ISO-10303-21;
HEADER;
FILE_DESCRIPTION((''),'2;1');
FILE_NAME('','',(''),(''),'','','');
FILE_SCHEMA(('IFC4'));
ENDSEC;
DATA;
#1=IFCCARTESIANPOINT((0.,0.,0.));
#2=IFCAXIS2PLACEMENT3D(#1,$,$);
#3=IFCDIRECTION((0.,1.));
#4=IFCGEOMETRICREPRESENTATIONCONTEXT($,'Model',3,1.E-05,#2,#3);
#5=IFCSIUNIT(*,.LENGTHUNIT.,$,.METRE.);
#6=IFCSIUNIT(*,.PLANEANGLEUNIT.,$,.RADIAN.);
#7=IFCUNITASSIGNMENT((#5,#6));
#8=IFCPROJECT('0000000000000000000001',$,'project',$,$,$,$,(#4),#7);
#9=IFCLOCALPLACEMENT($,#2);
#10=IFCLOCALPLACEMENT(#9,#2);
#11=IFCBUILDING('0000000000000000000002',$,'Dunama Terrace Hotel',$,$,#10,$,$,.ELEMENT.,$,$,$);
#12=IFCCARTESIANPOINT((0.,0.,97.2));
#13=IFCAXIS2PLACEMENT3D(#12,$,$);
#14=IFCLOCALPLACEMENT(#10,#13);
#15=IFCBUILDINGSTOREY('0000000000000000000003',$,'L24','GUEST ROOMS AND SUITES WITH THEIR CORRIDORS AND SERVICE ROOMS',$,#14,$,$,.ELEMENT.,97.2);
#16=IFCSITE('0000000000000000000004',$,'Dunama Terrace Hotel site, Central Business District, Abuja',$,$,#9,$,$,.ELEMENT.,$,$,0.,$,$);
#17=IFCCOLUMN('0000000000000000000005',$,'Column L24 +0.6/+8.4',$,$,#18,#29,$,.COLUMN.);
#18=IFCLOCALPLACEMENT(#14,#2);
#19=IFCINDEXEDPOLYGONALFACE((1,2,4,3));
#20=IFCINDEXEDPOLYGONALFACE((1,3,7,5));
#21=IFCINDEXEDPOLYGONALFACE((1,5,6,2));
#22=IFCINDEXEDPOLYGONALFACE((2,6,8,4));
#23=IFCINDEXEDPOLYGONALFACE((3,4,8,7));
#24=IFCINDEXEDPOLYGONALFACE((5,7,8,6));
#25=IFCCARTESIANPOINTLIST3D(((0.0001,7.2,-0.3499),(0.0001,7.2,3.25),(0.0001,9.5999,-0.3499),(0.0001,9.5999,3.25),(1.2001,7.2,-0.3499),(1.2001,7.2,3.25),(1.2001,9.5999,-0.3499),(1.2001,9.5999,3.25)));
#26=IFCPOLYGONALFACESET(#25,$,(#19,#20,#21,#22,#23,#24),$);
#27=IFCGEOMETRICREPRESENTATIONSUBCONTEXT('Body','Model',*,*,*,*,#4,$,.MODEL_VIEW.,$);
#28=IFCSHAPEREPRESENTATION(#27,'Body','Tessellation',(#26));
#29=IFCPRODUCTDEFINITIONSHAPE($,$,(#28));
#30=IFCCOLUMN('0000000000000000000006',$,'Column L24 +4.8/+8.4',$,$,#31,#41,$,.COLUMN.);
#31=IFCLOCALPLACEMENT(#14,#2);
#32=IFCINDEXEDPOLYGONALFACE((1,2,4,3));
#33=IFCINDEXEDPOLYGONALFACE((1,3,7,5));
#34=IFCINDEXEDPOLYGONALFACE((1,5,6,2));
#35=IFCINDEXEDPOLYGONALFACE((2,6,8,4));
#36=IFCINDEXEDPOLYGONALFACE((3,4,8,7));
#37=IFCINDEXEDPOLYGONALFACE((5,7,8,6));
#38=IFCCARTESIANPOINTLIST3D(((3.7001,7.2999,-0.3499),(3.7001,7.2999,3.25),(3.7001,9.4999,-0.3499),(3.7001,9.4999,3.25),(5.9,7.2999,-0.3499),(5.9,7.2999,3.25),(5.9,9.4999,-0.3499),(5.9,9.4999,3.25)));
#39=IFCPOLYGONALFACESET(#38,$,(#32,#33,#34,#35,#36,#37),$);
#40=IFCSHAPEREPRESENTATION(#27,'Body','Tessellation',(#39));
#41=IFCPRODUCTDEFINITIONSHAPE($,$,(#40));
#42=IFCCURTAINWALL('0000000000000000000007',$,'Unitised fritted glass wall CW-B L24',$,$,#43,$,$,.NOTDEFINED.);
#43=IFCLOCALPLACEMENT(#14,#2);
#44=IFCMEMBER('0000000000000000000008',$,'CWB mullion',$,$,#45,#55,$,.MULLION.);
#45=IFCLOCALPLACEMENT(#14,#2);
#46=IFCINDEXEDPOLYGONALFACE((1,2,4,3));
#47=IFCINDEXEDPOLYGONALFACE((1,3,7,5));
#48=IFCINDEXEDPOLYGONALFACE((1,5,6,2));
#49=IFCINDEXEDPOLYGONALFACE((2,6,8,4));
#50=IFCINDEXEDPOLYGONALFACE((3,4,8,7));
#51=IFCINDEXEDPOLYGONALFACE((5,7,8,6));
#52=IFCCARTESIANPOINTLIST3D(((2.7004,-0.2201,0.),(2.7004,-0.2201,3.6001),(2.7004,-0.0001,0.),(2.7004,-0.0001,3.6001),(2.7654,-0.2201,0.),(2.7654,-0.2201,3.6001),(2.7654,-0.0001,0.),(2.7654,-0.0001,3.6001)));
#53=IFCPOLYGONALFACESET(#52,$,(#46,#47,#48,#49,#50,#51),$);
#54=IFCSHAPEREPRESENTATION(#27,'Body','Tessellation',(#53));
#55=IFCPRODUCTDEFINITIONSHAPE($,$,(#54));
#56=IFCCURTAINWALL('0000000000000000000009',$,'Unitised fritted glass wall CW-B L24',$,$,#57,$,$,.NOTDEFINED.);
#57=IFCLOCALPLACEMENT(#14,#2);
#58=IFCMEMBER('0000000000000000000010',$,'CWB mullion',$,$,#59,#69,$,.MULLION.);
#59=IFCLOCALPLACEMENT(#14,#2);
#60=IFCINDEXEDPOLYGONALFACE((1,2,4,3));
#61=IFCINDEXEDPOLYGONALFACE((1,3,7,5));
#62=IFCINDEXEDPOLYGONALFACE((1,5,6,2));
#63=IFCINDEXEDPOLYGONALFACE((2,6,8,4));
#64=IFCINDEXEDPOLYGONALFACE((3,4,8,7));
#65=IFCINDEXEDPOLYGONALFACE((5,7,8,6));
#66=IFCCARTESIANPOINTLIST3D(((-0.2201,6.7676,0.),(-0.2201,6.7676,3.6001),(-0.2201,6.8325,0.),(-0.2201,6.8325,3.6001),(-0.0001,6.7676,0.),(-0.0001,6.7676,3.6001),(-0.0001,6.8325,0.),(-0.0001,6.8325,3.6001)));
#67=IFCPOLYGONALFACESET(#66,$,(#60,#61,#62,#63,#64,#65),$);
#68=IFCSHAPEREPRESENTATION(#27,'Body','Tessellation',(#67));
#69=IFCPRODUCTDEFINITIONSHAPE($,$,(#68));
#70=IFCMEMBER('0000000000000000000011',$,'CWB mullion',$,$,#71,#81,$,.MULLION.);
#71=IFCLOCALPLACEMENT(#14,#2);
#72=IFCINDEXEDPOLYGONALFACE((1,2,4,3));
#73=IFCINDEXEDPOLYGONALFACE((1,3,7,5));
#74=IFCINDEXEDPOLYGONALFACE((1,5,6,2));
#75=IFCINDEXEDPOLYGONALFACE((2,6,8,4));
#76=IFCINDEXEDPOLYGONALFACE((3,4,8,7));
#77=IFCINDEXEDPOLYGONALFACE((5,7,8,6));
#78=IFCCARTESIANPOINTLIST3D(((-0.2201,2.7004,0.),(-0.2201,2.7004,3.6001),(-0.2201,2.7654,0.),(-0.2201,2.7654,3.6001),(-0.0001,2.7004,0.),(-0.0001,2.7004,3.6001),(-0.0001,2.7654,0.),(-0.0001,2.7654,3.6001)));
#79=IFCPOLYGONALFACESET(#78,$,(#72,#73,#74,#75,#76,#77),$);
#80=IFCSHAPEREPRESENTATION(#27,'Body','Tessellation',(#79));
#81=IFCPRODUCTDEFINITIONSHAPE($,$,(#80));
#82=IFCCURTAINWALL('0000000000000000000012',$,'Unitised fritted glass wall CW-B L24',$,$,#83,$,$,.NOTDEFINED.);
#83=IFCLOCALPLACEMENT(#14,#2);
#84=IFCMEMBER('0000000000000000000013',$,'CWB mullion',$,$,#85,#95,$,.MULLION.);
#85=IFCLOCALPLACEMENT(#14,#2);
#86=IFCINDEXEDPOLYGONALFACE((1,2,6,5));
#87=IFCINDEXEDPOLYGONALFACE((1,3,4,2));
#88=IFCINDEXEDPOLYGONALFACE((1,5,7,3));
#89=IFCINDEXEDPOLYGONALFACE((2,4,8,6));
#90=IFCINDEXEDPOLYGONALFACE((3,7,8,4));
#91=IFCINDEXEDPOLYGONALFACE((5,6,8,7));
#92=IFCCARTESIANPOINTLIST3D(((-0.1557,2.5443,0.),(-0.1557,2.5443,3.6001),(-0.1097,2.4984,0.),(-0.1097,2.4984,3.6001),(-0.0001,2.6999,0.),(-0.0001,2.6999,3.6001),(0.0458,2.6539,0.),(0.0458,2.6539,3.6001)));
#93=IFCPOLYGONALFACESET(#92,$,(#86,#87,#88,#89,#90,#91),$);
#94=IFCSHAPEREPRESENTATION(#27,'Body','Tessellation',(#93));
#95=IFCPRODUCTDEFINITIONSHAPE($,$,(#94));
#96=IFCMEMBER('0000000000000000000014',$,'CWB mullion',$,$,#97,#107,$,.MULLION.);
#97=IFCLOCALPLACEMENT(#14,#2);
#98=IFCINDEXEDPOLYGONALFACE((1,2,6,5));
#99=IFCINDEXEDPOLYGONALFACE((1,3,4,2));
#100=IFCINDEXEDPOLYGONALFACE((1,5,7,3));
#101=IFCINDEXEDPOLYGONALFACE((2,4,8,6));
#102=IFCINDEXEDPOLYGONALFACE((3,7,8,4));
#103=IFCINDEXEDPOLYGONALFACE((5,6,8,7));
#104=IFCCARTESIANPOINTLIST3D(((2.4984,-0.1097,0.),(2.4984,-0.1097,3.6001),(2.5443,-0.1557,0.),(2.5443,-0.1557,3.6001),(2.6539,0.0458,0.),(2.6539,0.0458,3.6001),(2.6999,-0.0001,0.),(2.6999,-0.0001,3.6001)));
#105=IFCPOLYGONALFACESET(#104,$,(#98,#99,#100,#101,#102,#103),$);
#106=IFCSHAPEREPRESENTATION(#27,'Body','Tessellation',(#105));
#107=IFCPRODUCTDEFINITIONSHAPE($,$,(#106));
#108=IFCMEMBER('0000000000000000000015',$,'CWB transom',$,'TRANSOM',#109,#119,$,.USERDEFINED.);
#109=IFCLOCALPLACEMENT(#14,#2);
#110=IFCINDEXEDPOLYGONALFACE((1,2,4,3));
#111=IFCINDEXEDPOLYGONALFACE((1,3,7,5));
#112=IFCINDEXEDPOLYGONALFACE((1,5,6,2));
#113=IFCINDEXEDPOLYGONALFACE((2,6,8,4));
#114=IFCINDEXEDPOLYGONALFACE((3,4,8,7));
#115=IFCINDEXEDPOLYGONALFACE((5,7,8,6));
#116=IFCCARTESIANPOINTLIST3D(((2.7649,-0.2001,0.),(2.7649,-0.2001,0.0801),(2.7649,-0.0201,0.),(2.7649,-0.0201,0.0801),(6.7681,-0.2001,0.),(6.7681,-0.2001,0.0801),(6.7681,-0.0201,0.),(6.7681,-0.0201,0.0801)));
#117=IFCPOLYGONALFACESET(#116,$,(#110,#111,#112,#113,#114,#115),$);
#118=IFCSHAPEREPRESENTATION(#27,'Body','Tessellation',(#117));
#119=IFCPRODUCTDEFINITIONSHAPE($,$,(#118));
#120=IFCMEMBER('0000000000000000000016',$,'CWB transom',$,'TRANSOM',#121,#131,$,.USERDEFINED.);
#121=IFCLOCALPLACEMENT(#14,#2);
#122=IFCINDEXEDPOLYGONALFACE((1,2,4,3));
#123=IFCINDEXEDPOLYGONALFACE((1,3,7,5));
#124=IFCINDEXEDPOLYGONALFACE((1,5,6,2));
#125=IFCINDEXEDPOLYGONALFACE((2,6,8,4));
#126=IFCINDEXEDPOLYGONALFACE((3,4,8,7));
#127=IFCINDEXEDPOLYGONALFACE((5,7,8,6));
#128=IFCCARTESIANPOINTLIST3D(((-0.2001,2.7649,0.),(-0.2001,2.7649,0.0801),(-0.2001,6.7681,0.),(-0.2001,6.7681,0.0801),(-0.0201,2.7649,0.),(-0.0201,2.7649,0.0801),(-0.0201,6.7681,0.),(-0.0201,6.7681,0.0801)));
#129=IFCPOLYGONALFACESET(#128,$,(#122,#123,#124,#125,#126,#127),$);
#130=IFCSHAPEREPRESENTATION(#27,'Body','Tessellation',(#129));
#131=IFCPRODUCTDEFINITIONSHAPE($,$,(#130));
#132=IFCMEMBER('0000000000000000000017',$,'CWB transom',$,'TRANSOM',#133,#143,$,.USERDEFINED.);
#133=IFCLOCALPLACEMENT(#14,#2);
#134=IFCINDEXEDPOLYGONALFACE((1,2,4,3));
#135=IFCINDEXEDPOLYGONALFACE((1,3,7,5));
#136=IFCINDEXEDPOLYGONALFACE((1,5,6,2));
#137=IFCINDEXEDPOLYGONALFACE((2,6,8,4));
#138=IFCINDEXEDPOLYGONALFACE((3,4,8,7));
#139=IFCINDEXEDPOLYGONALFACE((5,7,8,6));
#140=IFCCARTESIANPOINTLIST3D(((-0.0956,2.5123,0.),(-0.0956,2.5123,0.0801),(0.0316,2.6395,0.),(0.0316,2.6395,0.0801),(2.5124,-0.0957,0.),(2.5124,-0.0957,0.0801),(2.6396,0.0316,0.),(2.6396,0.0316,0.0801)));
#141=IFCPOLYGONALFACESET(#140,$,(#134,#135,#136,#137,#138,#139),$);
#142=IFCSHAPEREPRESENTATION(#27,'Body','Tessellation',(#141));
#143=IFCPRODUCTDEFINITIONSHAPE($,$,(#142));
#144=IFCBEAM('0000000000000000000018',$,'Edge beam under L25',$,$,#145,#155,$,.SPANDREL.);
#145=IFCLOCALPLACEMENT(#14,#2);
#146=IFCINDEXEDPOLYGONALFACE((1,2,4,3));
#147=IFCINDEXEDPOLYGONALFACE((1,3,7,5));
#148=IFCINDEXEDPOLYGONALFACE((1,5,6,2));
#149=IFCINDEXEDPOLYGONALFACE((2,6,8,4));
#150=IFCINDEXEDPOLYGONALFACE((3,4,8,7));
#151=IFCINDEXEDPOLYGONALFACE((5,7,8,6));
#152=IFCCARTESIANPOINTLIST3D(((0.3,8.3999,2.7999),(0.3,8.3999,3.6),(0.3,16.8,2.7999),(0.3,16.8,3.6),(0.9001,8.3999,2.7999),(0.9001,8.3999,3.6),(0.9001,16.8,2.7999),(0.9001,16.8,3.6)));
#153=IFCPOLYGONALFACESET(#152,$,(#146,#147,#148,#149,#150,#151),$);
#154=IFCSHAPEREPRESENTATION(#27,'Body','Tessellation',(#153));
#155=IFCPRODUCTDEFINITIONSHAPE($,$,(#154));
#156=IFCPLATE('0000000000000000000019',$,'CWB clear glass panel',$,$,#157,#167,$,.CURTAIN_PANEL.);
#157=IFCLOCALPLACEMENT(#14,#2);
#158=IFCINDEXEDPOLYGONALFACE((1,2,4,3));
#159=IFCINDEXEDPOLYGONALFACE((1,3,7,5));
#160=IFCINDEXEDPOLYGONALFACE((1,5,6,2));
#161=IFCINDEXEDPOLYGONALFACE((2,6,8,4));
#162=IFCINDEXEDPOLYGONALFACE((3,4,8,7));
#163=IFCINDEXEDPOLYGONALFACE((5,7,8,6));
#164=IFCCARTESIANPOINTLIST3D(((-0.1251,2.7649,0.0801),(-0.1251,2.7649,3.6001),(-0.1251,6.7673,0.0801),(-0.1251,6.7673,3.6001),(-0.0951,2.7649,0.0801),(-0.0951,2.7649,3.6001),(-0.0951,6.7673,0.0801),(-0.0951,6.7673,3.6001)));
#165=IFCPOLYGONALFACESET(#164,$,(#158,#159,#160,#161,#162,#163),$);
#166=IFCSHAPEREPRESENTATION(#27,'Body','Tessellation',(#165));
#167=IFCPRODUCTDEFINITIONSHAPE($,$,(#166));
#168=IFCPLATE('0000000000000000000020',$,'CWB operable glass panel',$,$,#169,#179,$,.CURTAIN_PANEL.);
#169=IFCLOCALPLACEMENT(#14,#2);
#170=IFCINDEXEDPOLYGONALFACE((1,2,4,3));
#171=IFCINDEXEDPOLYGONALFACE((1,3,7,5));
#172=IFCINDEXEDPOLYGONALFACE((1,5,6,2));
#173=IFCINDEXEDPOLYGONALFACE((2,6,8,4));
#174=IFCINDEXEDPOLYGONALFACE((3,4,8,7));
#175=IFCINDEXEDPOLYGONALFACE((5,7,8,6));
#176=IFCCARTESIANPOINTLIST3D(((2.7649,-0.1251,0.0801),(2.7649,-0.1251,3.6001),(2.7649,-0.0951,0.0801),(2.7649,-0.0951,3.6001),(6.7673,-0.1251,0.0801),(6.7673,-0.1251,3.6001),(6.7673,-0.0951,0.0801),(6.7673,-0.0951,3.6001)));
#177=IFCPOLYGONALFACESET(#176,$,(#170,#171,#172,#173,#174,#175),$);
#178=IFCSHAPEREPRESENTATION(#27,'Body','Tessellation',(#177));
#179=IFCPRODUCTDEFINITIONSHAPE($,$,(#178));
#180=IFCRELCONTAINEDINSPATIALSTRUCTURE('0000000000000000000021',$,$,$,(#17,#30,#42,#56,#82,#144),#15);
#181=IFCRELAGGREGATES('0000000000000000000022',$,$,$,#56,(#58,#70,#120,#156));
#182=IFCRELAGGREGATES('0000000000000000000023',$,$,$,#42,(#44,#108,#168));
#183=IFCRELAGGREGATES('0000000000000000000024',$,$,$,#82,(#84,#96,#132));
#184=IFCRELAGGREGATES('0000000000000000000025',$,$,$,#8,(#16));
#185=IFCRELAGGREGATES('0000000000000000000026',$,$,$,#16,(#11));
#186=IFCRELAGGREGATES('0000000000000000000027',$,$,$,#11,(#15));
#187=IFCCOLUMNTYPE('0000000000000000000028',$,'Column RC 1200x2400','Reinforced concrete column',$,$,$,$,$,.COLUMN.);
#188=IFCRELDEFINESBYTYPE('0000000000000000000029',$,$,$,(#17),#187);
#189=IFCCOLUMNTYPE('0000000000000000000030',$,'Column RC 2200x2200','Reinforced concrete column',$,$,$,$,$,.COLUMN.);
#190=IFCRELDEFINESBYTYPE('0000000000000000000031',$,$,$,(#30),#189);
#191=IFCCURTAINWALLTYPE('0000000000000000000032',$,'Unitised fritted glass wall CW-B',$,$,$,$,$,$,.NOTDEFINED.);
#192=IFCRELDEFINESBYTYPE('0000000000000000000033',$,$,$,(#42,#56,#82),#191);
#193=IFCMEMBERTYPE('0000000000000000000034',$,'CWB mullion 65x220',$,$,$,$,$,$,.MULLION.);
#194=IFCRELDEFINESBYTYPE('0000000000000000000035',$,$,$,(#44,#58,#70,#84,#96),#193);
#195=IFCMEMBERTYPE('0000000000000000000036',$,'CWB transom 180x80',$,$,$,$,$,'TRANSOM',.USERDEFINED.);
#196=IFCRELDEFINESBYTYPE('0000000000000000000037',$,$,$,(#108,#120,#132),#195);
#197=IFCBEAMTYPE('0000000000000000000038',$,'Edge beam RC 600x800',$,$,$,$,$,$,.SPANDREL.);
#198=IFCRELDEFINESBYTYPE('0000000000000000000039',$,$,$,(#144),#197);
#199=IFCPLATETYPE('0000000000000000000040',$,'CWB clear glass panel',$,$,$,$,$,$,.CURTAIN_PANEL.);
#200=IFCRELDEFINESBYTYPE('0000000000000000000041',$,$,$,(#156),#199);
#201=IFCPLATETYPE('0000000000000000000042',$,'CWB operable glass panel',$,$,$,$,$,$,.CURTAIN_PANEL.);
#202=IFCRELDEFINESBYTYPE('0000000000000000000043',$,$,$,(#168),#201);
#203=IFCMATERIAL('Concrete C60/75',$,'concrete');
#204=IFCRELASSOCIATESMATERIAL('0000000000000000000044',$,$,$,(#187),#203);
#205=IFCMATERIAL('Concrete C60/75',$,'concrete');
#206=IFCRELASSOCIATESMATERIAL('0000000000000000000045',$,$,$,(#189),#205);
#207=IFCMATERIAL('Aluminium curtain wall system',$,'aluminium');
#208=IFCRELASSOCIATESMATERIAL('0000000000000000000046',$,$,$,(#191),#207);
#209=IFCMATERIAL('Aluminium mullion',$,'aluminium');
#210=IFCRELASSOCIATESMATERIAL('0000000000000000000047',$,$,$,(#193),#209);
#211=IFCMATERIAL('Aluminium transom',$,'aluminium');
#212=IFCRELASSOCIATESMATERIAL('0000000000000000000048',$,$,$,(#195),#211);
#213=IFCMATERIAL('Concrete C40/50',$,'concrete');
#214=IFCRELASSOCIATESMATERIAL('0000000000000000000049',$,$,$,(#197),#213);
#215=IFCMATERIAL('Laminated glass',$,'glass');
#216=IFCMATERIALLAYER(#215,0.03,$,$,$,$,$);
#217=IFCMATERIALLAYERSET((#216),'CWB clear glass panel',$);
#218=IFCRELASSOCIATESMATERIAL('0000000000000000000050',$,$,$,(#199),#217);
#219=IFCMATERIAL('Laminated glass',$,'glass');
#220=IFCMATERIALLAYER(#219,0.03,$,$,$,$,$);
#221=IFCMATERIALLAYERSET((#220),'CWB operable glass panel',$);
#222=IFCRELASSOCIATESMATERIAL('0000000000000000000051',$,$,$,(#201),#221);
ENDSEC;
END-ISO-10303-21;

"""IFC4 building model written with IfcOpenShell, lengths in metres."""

from ifc_helpers import new_model, si_unit, direction, frame, origin, origin_2d, place, context, subcontext, project, spatial, rectangle, extrude, material, layer, layer_set, material_profile, profile_set, type_object, element, aggregate, save


model = new_model("IFC4")

# Units and contexts
model_context = context("Model", 3, precision=1e-05, world=origin(), true_north=direction((0.0, 1.0)))
body_context = subcontext(model_context, "Body", "Model", "MODEL_VIEW")
ifc_project = project(units=[si_unit("LENGTHUNIT", "METRE"), si_unit("PLANEANGLEUNIT", "RADIAN")], contexts=[model_context])

# Site, building, storey
site_placement = place(None, origin())
site = spatial("IfcSite", under=ifc_project, at=site_placement, Name="Dunama Terrace Hotel site, Central Business District, Abuja", CompositionType="ELEMENT", RefElevation=0.0)
building_placement = place(site_placement, origin())
building = spatial("IfcBuilding", under=site, at=building_placement, Name="Dunama Terrace Hotel", CompositionType="ELEMENT")
storey_placement = place(building_placement, frame((0.0, 0.0, 97.2)))
storey = spatial("IfcBuildingStorey", under=building, at=storey_placement, Name="L24", Description="GUEST ROOMS AND SUITES WITH THEIR CORRIDORS AND SERVICE ROOMS", CompositionType="ELEMENT", Elevation=97.2)

# Columns
ifc_material_1 = material(Name="Concrete C60/75", Category="concrete")
ifc_material_profile_1 = material_profile(ifc_material_1, rectangle(XDim=1.2, YDim=2.3999, at=origin_2d()), Name="RC 1200x2400")
ifc_profile_set_1 = profile_set([ifc_material_profile_1], Name="Concrete C60/75")
column_type_1 = type_object("IfcColumnType", Name="Column RC 1200x2400", Description="Reinforced concrete column", PredefinedType="COLUMN", material=ifc_profile_set_1)
column_1_placement = place(storey_placement, frame((0.6001, 8.3999, -0.3499), z_axis=(0.0, 0.0, 1.0), x_axis=(1.0, 0.0, 0.0)))
element("IfcColumn", 1, at=column_1_placement, inside=storey, type_object=column_type_1, Name="Column L24 +0.6/+8.4", PredefinedType="COLUMN", context=body_context, shape_type="SweptSolid", body=[
    extrude(rectangle(XDim=1.2, YDim=2.3999, at=origin_2d()), origin(), (0.0, 0.0, 1.0), 3.5999),
])
ifc_material_2 = material(Name="Concrete C60/75", Category="concrete")
ifc_material_profile_2 = material_profile(ifc_material_2, rectangle(XDim=2.2, YDim=2.2, at=origin_2d()), Name="RC 2200x2200")
ifc_profile_set_2 = profile_set([ifc_material_profile_2], Name="Concrete C60/75")
column_type_2 = type_object("IfcColumnType", Name="Column RC 2200x2200", Description="Reinforced concrete column", PredefinedType="COLUMN", material=ifc_profile_set_2)
column_2_placement = place(storey_placement, frame((4.8, 8.3999, -0.3499), z_axis=(0.0, 0.0, 1.0), x_axis=(1.0, 0.0, 0.0)))
element("IfcColumn", 2, at=column_2_placement, inside=storey, type_object=column_type_2, Name="Column L24 +4.8/+8.4", PredefinedType="COLUMN", context=body_context, shape_type="SweptSolid", body=[
    extrude(rectangle(XDim=2.2, YDim=2.2, at=origin_2d()), origin(), (0.0, 0.0, 1.0), 3.5999),
])

# Curtain wall, member
ifc_material_3 = material(Name="Aluminium curtain wall system", Category="aluminium")
curtain_wall_type = type_object("IfcCurtainWallType", Name="Unitised fritted glass wall CW-B", PredefinedType="NOTDEFINED", material=ifc_material_3)
curtain_wall_1_placement = place(storey_placement, origin())
curtain_wall_1 = element("IfcCurtainWall", 3, at=curtain_wall_1_placement, inside=storey, type_object=curtain_wall_type, Name="Unitised fritted glass wall CW-B L24", PredefinedType="NOTDEFINED")
ifc_material_4 = material(Name="Aluminium mullion", Category="aluminium")
ifc_material_profile_3 = material_profile(ifc_material_4, rectangle(XDim=0.0649, YDim=0.22, at=origin_2d()), Name="CWB MULLION 65X220")
ifc_profile_set_3 = profile_set([ifc_material_profile_3], Name="Aluminium mullion")
member_type_1 = type_object("IfcMemberType", Name="CWB mullion 65x220", PredefinedType="MULLION", material=ifc_profile_set_3)
member_1_placement = place(storey_placement, frame((2.7329, -0.1101, 0.0), z_axis=(0.0, 0.0, 1.0), x_axis=(1.0, 0.0, 0.0)))
member_1 = element("IfcMember", 4, at=member_1_placement, type_object=member_type_1, Name="CWB mullion", PredefinedType="MULLION", context=body_context, shape_type="SweptSolid", body=[
    extrude(rectangle(XDim=0.0649, YDim=0.22, at=origin_2d()), origin(), (0.0, 0.0, 1.0), 3.6001),
])

# Curtain walls, members
curtain_wall_2_placement = place(storey_placement, origin())
curtain_wall_2 = element("IfcCurtainWall", 5, at=curtain_wall_2_placement, inside=storey, type_object=curtain_wall_type, Name="Unitised fritted glass wall CW-B L24", PredefinedType="NOTDEFINED")
member_2_placement = place(storey_placement, frame((-0.1101, 6.8, 0.0), z_axis=(0.0, 0.0, 1.0), x_axis=(0.0, -1.0, 0.0)))
member_2 = element("IfcMember", 6, at=member_2_placement, type_object=member_type_1, Name="CWB mullion", PredefinedType="MULLION", context=body_context, shape_type="SweptSolid", body=[
    extrude(rectangle(XDim=0.0649, YDim=0.22, at=origin_2d()), origin(), (0.0, 0.0, 1.0), 3.6001),
])
member_3_placement = place(storey_placement, frame((-0.1101, 2.7329, 0.0), z_axis=(0.0, 0.0, 1.0), x_axis=(0.0, -1.0, 0.0)))
member_3 = element("IfcMember", 7, at=member_3_placement, type_object=member_type_1, Name="CWB mullion", PredefinedType="MULLION", context=body_context, shape_type="SweptSolid", body=[
    extrude(rectangle(XDim=0.0649, YDim=0.22, at=origin_2d()), origin(), (0.0, 0.0, 1.0), 3.6001),
])
curtain_wall_3_placement = place(storey_placement, origin())
curtain_wall_3 = element("IfcCurtainWall", 8, at=curtain_wall_3_placement, inside=storey, type_object=curtain_wall_type, Name="Unitised fritted glass wall CW-B L24", PredefinedType="NOTDEFINED")
member_4_placement = place(storey_placement, frame((-0.0549, 2.5991, 0.0), z_axis=(0.0, 0.0, 1.0), x_axis=(0.707107, -0.707107, 0.0)))
member_4 = element("IfcMember", 9, at=member_4_placement, type_object=member_type_1, Name="CWB mullion", PredefinedType="MULLION", context=body_context, shape_type="SweptSolid", body=[
    extrude(rectangle(XDim=0.0649, YDim=0.22, at=origin_2d()), origin(), (0.0, 0.0, 1.0), 3.6001),
])
member_5_placement = place(storey_placement, frame((2.5991, -0.0549, 0.0), z_axis=(0.0, 0.0, 1.0), x_axis=(0.707107, -0.707107, 0.0)))
member_5 = element("IfcMember", 10, at=member_5_placement, type_object=member_type_1, Name="CWB mullion", PredefinedType="MULLION", context=body_context, shape_type="SweptSolid", body=[
    extrude(rectangle(XDim=0.0649, YDim=0.22, at=origin_2d()), origin(), (0.0, 0.0, 1.0), 3.6001),
])

# Members
ifc_material_5 = material(Name="Aluminium transom", Category="aluminium")
ifc_material_profile_4 = material_profile(ifc_material_5, rectangle(XDim=0.1799, YDim=0.0801, at=origin_2d()), Name="CWB TRANSOM 180X80")
ifc_profile_set_4 = profile_set([ifc_material_profile_4], Name="Aluminium transom")
member_type_2 = type_object("IfcMemberType", Name="CWB transom 180x80", ElementType="TRANSOM", PredefinedType="USERDEFINED", material=ifc_profile_set_4)
member_6_placement = place(storey_placement, frame((2.7649, -0.1101, 0.04), z_axis=(1.0, 0.0, 0.0), x_axis=(0.0, 1.0, 0.0)))
member_6 = element("IfcMember", 11, at=member_6_placement, type_object=member_type_2, Name="CWB transom", ObjectType="TRANSOM", PredefinedType="USERDEFINED", context=body_context, shape_type="SweptSolid", body=[
    extrude(rectangle(XDim=0.1799, YDim=0.0801, at=origin_2d()), origin(), (0.0, 0.0, 1.0), 4.0032),
])
member_7_placement = place(storey_placement, frame((-0.1101, 6.7681, 0.04), z_axis=(0.0, -1.0, 0.0), x_axis=(1.0, 0.0, 0.0)))
member_7 = element("IfcMember", 12, at=member_7_placement, type_object=member_type_2, Name="CWB transom", ObjectType="TRANSOM", PredefinedType="USERDEFINED", context=body_context, shape_type="SweptSolid", body=[
    extrude(rectangle(XDim=0.1799, YDim=0.0801, at=origin_2d()), origin(), (0.0, 0.0, 1.0), 4.0032),
])
member_8_placement = place(storey_placement, frame((-0.032, 2.5759, 0.04), z_axis=(0.707107, -0.707107, 0.0), x_axis=(0.707107, 0.707107, 0.0)))
member_8 = element("IfcMember", 13, at=member_8_placement, type_object=member_type_2, Name="CWB transom", ObjectType="TRANSOM", PredefinedType="USERDEFINED", context=body_context, shape_type="SweptSolid", body=[
    extrude(rectangle(XDim=0.1799, YDim=0.0801, at=origin_2d()), origin(), (0.0, 0.0, 1.0), 3.6882),
])

# Beam
ifc_material_6 = material(Name="Concrete C40/50", Category="concrete")
ifc_material_profile_5 = material_profile(ifc_material_6, rectangle(XDim=0.6001, YDim=0.8, at=origin_2d()), Name="RC 600x800")
ifc_profile_set_5 = profile_set([ifc_material_profile_5], Name="Concrete C40/50")
beam_type = type_object("IfcBeamType", Name="Edge beam RC 600x800", PredefinedType="SPANDREL", material=ifc_profile_set_5)
beam_placement = place(storey_placement, frame((0.6001, 8.3999, 3.2), z_axis=(0.0, 1.0, 0.0), x_axis=(-1.0, 0.0, 0.0)))
element("IfcBeam", 14, at=beam_placement, inside=storey, type_object=beam_type, Name="Edge beam under L25", PredefinedType="SPANDREL", context=body_context, shape_type="SweptSolid", body=[
    extrude(rectangle(XDim=0.6001, YDim=0.8, at=origin_2d()), origin(), (0.0, 0.0, 1.0), 8.4001),
])

# Plates
ifc_material_7 = material(Name="Laminated glass", Category="glass")
ifc_layer_1 = layer(ifc_material_7, 0.03)
ifc_layer_set_1 = layer_set([ifc_layer_1], Name="CWB clear glass panel")
plate_type_1 = type_object("IfcPlateType", Name="CWB clear glass panel", PredefinedType="CURTAIN_PANEL", material=ifc_layer_set_1)
plate_1_placement = place(storey_placement, frame((-0.1101, 4.7661, 0.0801), z_axis=(0.0, 0.0, 1.0), x_axis=(0.0, -1.0, 0.0)))
plate_1 = element("IfcPlate", 15, at=plate_1_placement, type_object=plate_type_1, Name="CWB clear glass panel", PredefinedType="CURTAIN_PANEL", context=body_context, shape_type="SweptSolid", body=[
    extrude(rectangle(XDim=4.0024, YDim=0.03, at=origin_2d()), origin(), (0.0, 0.0, 1.0), 3.52),
])
aggregate(curtain_wall_2, [member_2, member_3, member_7, plate_1])
ifc_material_8 = material(Name="Laminated glass", Category="glass")
ifc_layer_2 = layer(ifc_material_8, 0.03)
ifc_layer_set_2 = layer_set([ifc_layer_2], Name="CWB operable glass panel")
plate_type_2 = type_object("IfcPlateType", Name="CWB operable glass panel", PredefinedType="CURTAIN_PANEL", material=ifc_layer_set_2)
plate_2_placement = place(storey_placement, frame((4.7661, -0.1101, 0.0801), z_axis=(0.0, 0.0, 1.0), x_axis=(1.0, 0.0, 0.0)))
plate_2 = element("IfcPlate", 16, at=plate_2_placement, type_object=plate_type_2, Name="CWB operable glass panel", PredefinedType="CURTAIN_PANEL", context=body_context, shape_type="SweptSolid", body=[
    extrude(rectangle(XDim=4.0024, YDim=0.03, at=origin_2d()), origin(), (0.0, 0.0, 1.0), 3.52),
])
aggregate(curtain_wall_1, [member_1, member_6, plate_2])
aggregate(curtain_wall_3, [member_4, member_5, member_8])

save(model, "model.ifc")
